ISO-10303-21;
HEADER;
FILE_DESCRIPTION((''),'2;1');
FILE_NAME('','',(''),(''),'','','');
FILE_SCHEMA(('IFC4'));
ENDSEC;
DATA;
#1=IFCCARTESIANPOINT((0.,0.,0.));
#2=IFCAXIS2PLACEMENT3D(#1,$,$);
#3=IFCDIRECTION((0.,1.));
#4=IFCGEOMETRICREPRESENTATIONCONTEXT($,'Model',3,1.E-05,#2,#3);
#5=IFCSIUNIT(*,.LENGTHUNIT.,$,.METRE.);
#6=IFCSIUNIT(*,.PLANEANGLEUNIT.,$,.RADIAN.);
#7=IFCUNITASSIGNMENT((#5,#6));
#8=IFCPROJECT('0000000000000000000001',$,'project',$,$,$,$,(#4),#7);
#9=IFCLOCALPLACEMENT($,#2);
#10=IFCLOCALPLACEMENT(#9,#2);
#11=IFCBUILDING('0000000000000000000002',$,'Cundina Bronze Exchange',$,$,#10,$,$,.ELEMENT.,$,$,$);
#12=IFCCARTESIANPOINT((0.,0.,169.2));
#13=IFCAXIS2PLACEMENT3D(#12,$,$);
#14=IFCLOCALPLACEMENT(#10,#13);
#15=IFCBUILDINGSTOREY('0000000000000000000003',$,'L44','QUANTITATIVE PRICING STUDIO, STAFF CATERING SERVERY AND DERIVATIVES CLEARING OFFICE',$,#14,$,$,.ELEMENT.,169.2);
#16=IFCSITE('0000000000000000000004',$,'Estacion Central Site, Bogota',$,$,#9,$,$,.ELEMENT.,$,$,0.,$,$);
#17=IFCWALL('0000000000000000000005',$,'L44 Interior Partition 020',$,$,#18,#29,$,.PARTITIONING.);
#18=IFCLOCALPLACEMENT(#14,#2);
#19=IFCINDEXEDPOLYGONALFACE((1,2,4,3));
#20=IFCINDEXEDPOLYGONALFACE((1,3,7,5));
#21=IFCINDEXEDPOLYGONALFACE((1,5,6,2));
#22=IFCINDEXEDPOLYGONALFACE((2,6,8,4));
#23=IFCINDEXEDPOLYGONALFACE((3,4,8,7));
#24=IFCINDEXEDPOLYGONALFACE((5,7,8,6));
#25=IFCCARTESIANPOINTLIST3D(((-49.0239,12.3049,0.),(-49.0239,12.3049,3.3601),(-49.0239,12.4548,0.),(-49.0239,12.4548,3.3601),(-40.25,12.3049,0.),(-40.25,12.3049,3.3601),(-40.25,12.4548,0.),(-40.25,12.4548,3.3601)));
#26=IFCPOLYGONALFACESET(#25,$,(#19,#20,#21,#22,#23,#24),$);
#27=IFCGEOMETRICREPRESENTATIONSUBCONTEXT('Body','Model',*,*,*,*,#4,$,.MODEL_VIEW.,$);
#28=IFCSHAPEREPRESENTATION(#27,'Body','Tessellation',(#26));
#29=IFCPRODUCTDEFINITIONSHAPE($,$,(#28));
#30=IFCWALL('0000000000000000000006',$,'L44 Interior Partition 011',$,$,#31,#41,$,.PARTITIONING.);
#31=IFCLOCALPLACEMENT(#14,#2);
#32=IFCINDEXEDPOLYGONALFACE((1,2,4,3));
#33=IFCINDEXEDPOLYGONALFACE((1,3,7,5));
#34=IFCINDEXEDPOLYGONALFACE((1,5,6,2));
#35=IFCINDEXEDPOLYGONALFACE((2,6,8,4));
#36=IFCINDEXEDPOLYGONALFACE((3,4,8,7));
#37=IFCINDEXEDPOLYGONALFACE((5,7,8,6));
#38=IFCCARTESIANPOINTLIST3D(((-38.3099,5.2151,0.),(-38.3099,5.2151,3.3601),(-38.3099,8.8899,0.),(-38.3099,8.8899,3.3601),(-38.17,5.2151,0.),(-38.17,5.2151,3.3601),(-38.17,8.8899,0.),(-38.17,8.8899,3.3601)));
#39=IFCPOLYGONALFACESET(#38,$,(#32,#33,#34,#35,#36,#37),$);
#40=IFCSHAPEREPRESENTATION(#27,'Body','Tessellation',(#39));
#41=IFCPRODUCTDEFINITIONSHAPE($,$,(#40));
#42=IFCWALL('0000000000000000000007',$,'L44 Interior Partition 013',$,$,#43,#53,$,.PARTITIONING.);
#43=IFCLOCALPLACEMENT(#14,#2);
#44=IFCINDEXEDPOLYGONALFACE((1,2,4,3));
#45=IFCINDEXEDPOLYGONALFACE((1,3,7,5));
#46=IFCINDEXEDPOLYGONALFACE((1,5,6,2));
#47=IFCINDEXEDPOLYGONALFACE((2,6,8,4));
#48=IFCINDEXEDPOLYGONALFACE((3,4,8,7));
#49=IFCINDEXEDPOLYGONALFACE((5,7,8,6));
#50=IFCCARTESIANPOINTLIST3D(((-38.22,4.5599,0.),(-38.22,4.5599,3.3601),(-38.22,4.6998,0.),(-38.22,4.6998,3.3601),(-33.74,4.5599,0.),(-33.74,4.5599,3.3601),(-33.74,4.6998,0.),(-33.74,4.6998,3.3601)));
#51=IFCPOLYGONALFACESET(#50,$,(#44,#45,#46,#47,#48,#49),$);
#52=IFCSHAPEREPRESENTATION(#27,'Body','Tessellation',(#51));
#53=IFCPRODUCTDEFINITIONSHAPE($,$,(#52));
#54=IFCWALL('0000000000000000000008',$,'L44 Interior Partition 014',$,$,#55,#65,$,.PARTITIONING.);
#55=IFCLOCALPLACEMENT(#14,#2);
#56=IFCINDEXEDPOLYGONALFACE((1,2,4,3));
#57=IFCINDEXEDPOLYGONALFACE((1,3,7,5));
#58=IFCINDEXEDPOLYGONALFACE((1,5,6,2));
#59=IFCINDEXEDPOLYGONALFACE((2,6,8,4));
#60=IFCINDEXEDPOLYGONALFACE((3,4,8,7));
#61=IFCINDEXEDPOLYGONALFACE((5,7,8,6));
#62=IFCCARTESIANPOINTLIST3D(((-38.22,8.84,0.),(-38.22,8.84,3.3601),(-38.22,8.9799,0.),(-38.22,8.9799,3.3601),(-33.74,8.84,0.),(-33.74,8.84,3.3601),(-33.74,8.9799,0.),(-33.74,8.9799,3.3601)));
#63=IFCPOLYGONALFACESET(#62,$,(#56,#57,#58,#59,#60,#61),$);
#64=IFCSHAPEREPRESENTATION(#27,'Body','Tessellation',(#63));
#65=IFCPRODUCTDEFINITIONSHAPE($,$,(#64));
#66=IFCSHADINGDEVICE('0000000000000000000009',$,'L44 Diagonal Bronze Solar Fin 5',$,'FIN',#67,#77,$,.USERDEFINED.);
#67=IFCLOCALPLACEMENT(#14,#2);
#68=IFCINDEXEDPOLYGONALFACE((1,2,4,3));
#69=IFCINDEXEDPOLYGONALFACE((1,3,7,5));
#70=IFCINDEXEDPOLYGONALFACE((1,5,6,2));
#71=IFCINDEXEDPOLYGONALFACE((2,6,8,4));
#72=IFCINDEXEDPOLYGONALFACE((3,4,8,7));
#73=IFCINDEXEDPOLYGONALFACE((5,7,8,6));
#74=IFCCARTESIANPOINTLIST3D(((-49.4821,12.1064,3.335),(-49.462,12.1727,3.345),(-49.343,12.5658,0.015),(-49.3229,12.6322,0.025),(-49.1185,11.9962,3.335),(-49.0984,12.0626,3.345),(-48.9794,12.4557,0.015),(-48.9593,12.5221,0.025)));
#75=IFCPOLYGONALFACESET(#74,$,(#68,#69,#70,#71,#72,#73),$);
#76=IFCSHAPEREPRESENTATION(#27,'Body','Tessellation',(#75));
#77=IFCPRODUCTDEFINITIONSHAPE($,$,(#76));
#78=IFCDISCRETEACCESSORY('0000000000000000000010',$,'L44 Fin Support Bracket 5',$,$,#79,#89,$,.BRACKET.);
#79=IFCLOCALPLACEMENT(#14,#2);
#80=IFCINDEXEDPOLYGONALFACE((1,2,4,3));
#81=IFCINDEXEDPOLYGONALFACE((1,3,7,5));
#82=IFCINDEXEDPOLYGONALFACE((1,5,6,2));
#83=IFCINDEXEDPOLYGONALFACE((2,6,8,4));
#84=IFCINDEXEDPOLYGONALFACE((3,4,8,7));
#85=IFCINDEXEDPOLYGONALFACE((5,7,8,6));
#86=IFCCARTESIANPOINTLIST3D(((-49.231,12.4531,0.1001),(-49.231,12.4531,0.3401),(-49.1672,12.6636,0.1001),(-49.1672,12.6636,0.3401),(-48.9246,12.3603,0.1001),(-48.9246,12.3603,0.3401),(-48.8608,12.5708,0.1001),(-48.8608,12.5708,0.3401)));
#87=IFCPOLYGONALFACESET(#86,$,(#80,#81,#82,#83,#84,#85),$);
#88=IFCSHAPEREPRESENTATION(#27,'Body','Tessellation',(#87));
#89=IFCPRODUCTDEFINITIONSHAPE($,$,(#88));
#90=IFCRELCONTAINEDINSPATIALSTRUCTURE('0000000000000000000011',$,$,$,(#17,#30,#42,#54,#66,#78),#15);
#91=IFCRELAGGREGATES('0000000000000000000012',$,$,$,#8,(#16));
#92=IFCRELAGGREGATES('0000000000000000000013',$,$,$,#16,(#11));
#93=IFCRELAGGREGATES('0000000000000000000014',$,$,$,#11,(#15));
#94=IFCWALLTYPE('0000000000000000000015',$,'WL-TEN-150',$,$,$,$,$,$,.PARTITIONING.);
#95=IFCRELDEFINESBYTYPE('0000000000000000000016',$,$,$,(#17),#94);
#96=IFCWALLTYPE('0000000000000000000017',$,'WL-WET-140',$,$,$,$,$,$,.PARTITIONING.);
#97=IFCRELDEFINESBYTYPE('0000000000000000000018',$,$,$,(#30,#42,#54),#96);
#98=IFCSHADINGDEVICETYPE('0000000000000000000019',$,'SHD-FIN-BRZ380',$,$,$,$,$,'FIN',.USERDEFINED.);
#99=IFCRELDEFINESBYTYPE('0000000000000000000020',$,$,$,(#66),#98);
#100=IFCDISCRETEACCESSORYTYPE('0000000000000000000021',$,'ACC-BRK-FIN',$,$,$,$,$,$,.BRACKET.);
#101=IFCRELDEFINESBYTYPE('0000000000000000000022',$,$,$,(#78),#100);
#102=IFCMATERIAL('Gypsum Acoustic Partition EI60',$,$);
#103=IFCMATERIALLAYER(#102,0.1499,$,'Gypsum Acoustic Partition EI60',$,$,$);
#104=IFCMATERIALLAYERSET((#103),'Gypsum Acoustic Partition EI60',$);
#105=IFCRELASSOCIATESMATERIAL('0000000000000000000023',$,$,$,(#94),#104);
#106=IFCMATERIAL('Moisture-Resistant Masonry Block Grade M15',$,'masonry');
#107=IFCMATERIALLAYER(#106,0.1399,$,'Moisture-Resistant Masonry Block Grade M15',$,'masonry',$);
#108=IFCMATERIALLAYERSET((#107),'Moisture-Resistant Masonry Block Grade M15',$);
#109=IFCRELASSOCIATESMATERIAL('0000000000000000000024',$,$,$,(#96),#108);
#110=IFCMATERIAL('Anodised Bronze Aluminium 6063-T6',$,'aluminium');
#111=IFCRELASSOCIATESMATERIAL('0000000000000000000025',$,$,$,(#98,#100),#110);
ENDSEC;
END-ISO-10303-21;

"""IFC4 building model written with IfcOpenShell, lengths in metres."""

from ifc_helpers import new_model, si_unit, direction, frame, frame_2d, origin, origin_2d, place, context, subcontext, project, spatial, rectangle, extrude, material, layer, layer_set, material_profile, profile_set, type_object, element, save


model = new_model("IFC4")

# Units and contexts
model_context = context("Model", 3, precision=1e-05, world=origin(), true_north=direction((0.0, 1.0)))
body_context = subcontext(model_context, "Body", "Model", "MODEL_VIEW")
ifc_project = project(units=[si_unit("LENGTHUNIT", "METRE"), si_unit("PLANEANGLEUNIT", "RADIAN")], contexts=[model_context])

# Site, building, storey
site_placement = place(None, origin())
site = spatial("IfcSite", under=ifc_project, at=site_placement, Name="Estacion Central Site, Bogota", CompositionType="ELEMENT", RefElevation=0.0)
building_placement = place(site_placement, origin())
building = spatial("IfcBuilding", under=site, at=building_placement, Name="Cundina Bronze Exchange", CompositionType="ELEMENT")
storey_placement = place(building_placement, frame((0.0, 0.0, 169.2)))
storey = spatial("IfcBuildingStorey", under=building, at=storey_placement, Name="L44", Description="QUANTITATIVE PRICING STUDIO, STAFF CATERING SERVERY AND DERIVATIVES CLEARING OFFICE", CompositionType="ELEMENT", Elevation=169.2)

# Shared definitions
ifc_material_1 = material(Name="Anodised Bronze Aluminium 6063-T6", Category="aluminium")

# Shared definitions
ifc_material_2 = material(Name="Gypsum Acoustic Partition EI60")

# Walls
ifc_layer_1 = layer(ifc_material_2, 0.1499, Name="Gypsum Acoustic Partition EI60")
ifc_layer_set_1 = layer_set([ifc_layer_1], Name="Gypsum Acoustic Partition EI60")
wall_type_1 = type_object("IfcWallType", Name="WL-TEN-150", PredefinedType="PARTITIONING", material=ifc_layer_set_1)
wall_1_placement = place(storey_placement, frame((-49.0239, 12.3799, 0.0), z_axis=(0.0, 0.0, 1.0), x_axis=(1.0, 0.0, 0.0)))
element("IfcWall", 1, at=wall_1_placement, inside=storey, type_object=wall_type_1, Name="L44 Interior Partition 020", PredefinedType="PARTITIONING", context=body_context, shape_type="SweptSolid", body=[
    extrude(rectangle(XDim=8.7739, YDim=0.1499, at=frame_2d((4.387, 0.0))), origin(), (0.0, 0.0, 1.0), 3.3601),
])
ifc_material_3 = material(Name="Moisture-Resistant Masonry Block Grade M15", Category="masonry")
ifc_layer_2 = layer(ifc_material_3, 0.1399, Name="Moisture-Resistant Masonry Block Grade M15", Category="masonry")
ifc_layer_set_2 = layer_set([ifc_layer_2], Name="Moisture-Resistant Masonry Block Grade M15")
wall_type_2 = type_object("IfcWallType", Name="WL-WET-140", PredefinedType="PARTITIONING", material=ifc_layer_set_2)
wall_2_placement = place(storey_placement, frame((-38.24, 5.2151, 0.0), z_axis=(0.0, 0.0, 1.0), x_axis=(0.0, 1.0, 0.0)))
element("IfcWall", 2, at=wall_2_placement, inside=storey, type_object=wall_type_2, Name="L44 Interior Partition 011", PredefinedType="PARTITIONING", context=body_context, shape_type="SweptSolid", body=[
    extrude(rectangle(XDim=3.6748, YDim=0.1399, at=frame_2d((1.8374, 0.0))), origin(), (0.0, 0.0, 1.0), 3.3601),
])
for number, where, z_axis, x_axis, name in (
    (3, (-38.22, 4.6299, 0.0), (0.0, 0.0, 1.0), (1.0, 0.0, 0.0), "L44 Interior Partition 013"),
    (4, (-38.22, 8.9099, 0.0), (0.0, 0.0, 1.0), (1.0, 0.0, 0.0), "L44 Interior Partition 014"),
):
    element("IfcWall", number, at=place(storey_placement, frame(where, z_axis=z_axis, x_axis=x_axis)), inside=storey, type_object=wall_type_2, Name=name, PredefinedType="PARTITIONING", context=body_context, shape_type="SweptSolid", body=[
        extrude(rectangle(XDim=4.48, YDim=0.1399, at=frame_2d((2.24, 0.0))), origin(), (0.0, 0.0, 1.0), 3.3601),
    ])

# Shading device
ifc_material_profile_1 = material_profile(ifc_material_1, rectangle(XDim=0.0701, YDim=0.3799, at=origin_2d()), Name="FIN70X380", Category="aluminium")
ifc_profile_set_1 = profile_set([ifc_material_profile_1], Name="Anodised Bronze Aluminium 6063-T6")
shading_device_type = type_object("IfcShadingDeviceType", Name="SHD-FIN-BRZ380", ElementType="FIN", PredefinedType="USERDEFINED", material=ifc_profile_set_1)
shading_device_placement = place(storey_placement, frame((-49.1511, 12.5439, 0.02), z_axis=(-0.041483, -0.136968, 0.989706), x_axis=(0.286883, 0.947216, 0.143112)))
element("IfcShadingDevice", 5, at=shading_device_placement, inside=storey, type_object=shading_device_type, Name="L44 Diagonal Bronze Solar Fin 5", ObjectType="FIN", PredefinedType="USERDEFINED", context=body_context, shape_type="SweptSolid", body=[
    extrude(rectangle(XDim=0.0701, YDim=0.3799, at=origin_2d()), origin(), (0.0, 0.0, 1.0), 3.3545),
])

# Discrete accessory
discrete_accessory_type = type_object("IfcDiscreteAccessoryType", Name="ACC-BRK-FIN", PredefinedType="BRACKET", material=ifc_material_1)
discrete_accessory_placement = place(storey_placement, frame((-49.0459, 12.512, 0.1001), z_axis=(0.0, 0.0, 1.0), x_axis=(-0.290051, -0.957011, 0.0)))
element("IfcDiscreteAccessory", 6, at=discrete_accessory_placement, inside=storey, type_object=discrete_accessory_type, Name="L44 Fin Support Bracket 5", PredefinedType="BRACKET", context=body_context, shape_type="SweptSolid", body=[
    extrude(rectangle(XDim=0.22, YDim=0.3201, at=origin_2d()), origin(), (0.0, 0.0, 1.0), 0.24),
])

save(model, "model.ifc")
